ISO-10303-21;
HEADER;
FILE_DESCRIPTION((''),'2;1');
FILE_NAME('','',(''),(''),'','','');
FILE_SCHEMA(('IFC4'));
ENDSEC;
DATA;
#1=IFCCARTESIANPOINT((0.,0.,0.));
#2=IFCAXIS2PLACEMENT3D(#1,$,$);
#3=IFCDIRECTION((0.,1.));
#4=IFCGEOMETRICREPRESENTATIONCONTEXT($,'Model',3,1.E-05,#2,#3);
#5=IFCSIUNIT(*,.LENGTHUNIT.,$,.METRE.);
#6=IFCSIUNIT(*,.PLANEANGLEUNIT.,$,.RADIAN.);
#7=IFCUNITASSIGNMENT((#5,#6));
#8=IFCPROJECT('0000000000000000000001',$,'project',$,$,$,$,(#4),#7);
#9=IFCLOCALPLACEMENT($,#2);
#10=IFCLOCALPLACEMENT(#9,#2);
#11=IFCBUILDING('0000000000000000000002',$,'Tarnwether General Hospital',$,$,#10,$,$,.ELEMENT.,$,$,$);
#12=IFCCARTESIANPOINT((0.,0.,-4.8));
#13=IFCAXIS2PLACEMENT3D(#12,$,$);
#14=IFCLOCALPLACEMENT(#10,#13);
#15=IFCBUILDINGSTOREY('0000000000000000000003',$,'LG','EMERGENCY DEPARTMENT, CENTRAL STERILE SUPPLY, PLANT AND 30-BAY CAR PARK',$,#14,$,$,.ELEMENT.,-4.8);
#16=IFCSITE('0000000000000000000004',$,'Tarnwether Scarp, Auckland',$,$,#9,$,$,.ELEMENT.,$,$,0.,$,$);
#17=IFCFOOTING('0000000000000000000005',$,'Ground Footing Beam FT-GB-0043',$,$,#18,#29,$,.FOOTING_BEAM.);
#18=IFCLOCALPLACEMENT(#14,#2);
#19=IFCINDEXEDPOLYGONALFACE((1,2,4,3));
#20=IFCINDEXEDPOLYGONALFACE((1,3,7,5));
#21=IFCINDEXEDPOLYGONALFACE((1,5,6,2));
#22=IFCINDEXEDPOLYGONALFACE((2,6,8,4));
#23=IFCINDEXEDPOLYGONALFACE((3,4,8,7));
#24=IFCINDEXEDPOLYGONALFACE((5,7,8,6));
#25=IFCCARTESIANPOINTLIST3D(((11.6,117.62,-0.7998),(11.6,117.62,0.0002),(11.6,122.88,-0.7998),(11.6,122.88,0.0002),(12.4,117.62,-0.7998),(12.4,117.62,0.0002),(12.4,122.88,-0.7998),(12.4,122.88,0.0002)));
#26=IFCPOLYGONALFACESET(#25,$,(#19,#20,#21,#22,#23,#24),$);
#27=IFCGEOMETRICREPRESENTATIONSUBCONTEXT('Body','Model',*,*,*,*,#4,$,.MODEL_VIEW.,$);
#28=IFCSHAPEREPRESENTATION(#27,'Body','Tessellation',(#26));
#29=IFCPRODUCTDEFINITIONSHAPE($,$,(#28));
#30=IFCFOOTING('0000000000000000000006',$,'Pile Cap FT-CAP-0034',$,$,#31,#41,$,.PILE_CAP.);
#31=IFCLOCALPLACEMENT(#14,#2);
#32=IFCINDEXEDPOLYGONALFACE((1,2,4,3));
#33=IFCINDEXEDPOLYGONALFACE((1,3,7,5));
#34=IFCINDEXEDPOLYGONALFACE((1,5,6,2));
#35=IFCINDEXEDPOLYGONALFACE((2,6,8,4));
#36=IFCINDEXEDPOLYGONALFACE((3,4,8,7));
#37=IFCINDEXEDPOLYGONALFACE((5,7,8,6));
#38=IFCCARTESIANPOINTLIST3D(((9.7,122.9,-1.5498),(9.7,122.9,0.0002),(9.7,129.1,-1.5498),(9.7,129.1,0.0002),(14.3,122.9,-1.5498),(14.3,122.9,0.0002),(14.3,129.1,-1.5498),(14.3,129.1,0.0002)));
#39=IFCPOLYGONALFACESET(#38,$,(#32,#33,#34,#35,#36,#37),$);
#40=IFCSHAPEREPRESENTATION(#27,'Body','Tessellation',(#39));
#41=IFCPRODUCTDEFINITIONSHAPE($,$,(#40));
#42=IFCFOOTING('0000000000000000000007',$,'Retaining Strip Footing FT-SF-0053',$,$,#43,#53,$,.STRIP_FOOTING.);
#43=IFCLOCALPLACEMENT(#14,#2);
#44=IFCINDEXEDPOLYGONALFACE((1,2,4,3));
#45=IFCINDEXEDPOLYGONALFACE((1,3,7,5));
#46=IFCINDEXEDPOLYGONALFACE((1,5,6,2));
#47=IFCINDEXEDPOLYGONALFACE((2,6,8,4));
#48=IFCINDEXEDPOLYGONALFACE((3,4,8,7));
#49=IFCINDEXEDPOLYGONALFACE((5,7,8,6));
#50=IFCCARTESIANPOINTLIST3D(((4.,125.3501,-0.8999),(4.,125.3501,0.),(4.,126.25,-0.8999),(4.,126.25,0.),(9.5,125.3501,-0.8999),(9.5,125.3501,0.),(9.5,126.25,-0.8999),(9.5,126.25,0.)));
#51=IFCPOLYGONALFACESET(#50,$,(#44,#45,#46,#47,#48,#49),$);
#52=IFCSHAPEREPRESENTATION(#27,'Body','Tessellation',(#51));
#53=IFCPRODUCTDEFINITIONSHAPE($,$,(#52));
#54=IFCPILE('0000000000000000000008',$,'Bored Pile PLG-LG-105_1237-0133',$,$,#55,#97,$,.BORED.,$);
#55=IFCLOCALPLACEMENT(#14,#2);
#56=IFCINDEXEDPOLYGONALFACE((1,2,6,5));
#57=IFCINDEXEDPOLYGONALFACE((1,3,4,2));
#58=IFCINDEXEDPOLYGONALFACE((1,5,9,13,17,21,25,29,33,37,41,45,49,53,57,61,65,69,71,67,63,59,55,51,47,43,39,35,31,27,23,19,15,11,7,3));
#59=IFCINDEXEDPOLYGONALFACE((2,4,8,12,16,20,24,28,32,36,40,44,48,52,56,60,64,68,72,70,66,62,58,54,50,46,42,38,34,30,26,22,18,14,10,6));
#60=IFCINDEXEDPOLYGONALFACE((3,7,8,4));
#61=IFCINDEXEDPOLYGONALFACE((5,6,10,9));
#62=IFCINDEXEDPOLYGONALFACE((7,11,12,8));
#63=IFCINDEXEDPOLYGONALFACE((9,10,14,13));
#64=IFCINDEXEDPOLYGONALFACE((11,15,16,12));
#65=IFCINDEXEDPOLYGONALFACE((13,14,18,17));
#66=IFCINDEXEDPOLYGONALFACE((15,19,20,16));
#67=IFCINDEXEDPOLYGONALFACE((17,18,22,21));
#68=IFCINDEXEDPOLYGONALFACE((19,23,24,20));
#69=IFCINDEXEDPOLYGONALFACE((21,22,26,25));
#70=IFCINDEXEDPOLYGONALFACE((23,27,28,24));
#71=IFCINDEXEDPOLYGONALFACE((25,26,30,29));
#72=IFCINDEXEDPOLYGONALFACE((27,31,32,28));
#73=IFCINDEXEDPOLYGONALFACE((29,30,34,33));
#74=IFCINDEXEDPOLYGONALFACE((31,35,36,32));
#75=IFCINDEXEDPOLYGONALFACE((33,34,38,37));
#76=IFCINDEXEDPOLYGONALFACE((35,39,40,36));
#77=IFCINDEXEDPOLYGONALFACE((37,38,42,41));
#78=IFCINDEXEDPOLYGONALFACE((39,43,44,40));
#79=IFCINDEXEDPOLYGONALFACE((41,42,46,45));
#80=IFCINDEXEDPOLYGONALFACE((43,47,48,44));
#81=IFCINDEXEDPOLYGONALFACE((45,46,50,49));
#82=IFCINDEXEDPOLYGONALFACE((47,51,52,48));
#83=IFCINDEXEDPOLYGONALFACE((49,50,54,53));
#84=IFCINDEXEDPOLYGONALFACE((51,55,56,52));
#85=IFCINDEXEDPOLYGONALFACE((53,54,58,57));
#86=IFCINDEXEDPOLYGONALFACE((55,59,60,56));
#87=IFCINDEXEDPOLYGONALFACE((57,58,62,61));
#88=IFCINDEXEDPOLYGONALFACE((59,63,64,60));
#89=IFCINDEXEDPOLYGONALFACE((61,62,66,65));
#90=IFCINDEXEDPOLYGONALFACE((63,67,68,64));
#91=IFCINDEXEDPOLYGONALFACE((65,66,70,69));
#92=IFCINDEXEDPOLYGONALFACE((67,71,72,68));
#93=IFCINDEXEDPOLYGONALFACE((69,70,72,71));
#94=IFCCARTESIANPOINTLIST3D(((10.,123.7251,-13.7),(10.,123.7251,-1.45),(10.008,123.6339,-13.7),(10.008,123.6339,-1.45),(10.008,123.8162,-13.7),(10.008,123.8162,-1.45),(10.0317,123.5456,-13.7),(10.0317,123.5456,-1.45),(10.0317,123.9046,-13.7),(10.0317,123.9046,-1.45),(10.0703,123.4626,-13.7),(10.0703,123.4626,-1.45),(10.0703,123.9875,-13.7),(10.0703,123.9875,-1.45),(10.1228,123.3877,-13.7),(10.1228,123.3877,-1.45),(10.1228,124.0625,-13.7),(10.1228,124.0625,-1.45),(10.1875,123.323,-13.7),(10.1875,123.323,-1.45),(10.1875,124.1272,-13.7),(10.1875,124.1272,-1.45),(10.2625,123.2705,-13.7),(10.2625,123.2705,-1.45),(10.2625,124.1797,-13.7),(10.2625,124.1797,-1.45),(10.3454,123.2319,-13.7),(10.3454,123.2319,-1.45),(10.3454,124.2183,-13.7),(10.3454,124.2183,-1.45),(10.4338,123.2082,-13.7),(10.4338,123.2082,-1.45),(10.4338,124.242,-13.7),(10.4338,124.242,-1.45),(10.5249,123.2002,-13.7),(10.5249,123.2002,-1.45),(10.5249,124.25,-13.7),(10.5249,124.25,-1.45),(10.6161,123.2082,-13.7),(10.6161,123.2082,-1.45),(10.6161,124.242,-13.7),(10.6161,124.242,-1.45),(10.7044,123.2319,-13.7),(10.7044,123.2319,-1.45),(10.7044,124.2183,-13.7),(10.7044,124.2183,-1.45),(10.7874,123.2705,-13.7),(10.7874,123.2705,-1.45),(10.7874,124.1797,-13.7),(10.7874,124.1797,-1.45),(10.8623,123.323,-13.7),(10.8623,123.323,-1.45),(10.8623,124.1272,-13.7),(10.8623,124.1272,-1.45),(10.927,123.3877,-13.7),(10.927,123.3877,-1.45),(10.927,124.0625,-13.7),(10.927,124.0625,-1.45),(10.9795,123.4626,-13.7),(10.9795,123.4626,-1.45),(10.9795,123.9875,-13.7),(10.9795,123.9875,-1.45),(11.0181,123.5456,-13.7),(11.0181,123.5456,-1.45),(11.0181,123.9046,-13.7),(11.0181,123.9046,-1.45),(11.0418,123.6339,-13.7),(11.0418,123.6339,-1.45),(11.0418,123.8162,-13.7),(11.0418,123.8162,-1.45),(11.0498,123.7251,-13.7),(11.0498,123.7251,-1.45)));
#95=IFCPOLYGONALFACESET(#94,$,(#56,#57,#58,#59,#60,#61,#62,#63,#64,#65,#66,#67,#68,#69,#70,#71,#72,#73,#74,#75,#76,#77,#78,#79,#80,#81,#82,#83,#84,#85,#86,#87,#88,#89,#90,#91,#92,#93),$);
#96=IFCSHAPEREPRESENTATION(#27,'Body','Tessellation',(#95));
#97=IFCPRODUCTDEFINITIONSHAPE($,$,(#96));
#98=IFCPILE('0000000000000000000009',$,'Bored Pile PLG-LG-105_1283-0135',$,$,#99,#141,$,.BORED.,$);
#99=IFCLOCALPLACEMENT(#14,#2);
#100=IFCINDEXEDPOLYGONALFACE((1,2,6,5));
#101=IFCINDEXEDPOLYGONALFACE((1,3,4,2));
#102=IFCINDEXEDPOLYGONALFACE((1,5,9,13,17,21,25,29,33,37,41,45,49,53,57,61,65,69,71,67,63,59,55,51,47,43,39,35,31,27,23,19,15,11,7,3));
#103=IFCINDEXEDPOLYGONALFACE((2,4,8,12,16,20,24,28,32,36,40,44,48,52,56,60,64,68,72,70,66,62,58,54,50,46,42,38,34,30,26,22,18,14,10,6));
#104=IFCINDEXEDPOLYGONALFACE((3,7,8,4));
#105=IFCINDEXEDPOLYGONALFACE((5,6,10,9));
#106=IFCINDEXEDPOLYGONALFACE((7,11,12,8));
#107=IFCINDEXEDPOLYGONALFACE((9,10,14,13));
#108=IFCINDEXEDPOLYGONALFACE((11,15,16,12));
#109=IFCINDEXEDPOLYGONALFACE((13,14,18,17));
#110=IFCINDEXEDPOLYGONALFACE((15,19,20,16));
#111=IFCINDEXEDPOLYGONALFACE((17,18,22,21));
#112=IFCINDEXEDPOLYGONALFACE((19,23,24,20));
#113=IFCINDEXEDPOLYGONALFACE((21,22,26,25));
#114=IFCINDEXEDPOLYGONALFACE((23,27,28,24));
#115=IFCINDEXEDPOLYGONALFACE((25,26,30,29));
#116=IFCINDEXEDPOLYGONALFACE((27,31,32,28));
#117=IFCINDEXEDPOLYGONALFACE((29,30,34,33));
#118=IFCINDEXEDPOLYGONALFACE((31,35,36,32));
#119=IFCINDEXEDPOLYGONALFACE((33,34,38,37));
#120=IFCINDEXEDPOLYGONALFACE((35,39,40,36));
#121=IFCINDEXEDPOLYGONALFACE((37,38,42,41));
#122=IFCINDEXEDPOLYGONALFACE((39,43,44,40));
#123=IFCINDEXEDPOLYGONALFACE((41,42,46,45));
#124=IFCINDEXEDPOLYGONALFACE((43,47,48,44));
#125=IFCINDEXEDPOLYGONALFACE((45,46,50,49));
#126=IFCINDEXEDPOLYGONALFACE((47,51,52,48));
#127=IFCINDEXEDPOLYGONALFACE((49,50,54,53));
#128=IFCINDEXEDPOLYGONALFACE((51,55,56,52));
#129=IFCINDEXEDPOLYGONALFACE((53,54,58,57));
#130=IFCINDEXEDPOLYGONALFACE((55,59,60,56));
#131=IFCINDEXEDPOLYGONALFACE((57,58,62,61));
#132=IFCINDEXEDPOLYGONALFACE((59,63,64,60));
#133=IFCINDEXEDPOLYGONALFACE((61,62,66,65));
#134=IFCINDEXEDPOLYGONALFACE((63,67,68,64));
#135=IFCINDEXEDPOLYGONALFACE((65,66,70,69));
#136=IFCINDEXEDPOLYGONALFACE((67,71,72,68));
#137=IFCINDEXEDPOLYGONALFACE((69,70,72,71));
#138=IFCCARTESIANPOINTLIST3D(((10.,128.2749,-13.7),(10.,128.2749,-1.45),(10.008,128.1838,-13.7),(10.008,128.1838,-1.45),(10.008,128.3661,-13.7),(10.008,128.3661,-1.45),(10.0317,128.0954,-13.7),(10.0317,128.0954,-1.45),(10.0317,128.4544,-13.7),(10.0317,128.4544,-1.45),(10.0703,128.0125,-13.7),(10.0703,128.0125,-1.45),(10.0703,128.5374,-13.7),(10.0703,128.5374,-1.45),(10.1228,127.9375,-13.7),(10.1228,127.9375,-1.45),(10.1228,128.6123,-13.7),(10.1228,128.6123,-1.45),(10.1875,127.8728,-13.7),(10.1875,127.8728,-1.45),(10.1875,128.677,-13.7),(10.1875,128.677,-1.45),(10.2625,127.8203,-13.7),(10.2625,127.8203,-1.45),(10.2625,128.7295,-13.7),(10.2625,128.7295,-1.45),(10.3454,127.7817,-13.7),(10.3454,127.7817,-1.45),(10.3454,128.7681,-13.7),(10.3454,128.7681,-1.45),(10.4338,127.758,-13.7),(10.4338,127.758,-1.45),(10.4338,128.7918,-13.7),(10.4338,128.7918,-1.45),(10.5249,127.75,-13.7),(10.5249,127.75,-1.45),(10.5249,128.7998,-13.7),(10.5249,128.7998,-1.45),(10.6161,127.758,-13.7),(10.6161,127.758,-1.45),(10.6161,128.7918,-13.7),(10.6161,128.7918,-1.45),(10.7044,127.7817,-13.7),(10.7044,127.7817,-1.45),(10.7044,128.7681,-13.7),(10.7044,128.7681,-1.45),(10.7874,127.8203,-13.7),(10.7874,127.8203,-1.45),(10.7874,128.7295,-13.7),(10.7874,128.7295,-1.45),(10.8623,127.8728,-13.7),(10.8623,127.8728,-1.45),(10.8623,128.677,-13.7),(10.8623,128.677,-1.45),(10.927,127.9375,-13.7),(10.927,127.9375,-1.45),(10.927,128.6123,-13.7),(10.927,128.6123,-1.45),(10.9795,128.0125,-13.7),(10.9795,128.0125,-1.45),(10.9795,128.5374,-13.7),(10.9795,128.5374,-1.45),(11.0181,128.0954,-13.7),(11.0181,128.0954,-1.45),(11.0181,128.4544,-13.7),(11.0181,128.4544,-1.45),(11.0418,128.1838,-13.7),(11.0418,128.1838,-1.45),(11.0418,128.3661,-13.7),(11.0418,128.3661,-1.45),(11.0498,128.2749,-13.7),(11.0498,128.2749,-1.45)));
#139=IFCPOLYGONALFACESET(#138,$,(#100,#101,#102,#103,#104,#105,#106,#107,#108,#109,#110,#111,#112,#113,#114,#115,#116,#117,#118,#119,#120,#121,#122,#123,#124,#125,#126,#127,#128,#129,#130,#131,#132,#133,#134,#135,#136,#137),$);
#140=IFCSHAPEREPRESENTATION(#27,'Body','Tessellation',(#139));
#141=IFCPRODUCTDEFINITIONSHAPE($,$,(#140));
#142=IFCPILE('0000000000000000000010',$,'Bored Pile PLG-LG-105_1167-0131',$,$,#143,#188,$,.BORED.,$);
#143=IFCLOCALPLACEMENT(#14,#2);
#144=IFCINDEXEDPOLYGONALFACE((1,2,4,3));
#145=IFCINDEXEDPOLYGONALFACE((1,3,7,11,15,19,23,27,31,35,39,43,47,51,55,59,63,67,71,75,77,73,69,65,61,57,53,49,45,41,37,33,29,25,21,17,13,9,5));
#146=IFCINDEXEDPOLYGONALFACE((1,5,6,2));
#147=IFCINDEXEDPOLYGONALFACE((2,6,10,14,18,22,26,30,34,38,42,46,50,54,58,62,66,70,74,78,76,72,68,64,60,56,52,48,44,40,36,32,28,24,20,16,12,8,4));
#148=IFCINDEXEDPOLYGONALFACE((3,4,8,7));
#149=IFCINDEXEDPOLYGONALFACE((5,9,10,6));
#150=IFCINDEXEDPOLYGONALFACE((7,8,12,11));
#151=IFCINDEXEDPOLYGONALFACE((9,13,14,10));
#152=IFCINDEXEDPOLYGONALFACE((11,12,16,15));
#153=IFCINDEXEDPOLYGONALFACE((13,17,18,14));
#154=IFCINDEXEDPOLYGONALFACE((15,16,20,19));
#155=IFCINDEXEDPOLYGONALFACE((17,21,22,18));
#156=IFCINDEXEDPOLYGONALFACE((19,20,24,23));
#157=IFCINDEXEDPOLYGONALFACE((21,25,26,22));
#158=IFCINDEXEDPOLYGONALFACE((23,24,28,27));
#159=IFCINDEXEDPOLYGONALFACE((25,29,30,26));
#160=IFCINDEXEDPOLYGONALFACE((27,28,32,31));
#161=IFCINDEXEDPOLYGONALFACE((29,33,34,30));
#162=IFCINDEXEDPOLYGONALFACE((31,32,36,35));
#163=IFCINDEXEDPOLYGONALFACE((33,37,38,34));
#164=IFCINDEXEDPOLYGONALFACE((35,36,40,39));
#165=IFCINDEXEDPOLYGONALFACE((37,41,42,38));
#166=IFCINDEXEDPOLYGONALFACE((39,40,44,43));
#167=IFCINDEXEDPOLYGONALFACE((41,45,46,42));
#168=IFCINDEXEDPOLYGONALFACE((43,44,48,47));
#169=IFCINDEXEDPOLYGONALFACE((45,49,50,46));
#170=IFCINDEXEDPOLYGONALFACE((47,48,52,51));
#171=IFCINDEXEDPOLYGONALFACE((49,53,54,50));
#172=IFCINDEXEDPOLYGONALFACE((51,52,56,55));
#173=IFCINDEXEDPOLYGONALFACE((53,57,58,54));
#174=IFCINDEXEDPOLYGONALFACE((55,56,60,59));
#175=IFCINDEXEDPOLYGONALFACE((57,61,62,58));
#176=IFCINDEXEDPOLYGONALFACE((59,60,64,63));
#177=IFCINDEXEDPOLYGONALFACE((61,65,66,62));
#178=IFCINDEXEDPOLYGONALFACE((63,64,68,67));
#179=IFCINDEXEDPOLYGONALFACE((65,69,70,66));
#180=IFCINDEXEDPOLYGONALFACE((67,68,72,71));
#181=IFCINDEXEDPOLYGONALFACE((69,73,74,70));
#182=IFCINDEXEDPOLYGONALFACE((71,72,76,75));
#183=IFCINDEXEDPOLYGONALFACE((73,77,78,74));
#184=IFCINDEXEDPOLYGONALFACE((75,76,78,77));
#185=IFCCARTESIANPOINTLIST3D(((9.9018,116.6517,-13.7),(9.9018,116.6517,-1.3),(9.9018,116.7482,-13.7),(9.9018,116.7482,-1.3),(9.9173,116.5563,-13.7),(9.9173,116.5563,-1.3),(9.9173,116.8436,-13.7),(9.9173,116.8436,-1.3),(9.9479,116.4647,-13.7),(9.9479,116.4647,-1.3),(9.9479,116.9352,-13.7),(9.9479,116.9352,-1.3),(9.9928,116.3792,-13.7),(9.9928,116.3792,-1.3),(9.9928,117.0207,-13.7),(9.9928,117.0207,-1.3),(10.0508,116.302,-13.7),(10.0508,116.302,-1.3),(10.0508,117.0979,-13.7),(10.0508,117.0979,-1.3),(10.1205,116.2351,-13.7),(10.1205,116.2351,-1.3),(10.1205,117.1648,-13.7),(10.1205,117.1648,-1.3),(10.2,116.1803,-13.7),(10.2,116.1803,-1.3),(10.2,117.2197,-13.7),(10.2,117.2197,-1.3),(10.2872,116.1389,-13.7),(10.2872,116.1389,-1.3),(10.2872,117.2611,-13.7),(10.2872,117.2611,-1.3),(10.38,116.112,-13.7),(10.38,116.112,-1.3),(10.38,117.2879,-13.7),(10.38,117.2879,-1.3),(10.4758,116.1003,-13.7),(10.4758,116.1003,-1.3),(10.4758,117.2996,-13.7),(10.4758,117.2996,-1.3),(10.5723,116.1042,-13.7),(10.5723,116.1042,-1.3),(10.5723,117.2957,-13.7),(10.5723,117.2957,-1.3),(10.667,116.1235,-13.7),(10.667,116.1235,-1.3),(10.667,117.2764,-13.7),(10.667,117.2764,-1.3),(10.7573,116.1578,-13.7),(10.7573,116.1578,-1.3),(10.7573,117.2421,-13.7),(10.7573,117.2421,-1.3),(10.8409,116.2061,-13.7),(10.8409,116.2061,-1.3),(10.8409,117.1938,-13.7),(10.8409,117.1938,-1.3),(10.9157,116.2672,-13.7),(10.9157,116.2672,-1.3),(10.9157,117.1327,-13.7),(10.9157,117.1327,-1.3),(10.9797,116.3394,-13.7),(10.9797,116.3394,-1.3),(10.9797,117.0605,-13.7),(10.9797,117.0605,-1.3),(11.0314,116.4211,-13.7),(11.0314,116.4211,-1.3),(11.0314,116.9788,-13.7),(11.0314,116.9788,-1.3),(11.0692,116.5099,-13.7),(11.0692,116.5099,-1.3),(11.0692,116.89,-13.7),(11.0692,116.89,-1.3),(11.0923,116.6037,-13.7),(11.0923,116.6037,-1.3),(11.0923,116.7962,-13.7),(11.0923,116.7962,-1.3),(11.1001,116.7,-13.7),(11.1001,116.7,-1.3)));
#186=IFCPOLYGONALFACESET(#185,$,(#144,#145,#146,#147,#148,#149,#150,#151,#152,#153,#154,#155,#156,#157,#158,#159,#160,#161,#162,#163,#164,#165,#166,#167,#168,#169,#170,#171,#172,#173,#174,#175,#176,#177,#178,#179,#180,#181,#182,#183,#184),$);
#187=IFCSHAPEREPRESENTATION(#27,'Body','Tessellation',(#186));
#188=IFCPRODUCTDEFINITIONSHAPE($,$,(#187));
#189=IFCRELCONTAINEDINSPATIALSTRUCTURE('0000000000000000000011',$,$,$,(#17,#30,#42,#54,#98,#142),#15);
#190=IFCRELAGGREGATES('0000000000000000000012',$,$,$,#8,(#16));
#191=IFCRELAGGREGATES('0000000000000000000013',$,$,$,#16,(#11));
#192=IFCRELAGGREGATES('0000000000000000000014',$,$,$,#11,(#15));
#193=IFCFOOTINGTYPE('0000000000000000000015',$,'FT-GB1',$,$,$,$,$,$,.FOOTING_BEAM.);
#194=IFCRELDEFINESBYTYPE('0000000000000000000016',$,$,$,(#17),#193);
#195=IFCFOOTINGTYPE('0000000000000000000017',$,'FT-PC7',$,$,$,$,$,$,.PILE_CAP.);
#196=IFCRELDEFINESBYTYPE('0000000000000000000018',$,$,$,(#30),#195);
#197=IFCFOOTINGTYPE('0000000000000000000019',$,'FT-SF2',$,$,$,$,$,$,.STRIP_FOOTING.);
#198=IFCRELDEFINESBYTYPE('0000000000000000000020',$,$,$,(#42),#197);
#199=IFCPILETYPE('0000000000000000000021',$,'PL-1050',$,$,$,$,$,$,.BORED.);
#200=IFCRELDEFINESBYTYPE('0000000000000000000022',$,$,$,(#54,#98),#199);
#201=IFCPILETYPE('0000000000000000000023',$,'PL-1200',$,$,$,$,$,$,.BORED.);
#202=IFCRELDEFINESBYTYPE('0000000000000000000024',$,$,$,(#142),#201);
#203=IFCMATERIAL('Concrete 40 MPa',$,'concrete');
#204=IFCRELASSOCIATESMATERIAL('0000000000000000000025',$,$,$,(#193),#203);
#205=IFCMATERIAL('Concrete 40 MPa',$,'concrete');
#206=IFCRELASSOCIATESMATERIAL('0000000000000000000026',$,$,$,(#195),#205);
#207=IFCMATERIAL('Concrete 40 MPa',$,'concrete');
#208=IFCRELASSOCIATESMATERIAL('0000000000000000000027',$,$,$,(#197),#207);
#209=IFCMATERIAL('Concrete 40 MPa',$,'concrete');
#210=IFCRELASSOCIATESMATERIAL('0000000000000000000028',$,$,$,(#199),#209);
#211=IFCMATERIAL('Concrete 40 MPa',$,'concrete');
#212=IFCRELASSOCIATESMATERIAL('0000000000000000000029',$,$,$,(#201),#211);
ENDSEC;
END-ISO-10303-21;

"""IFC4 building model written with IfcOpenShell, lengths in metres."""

from ifc_helpers import new_model, si_unit, direction, frame, origin, origin_2d, place, context, subcontext, project, spatial, rectangle, circle, extrude, material, material_profile, profile_set, type_object, element, save


model = new_model("IFC4")

# Units and contexts
model_context = context("Model", 3, precision=1e-05, world=origin(), true_north=direction((0.0, 1.0)))
body_context = subcontext(model_context, "Body", "Model", "MODEL_VIEW")
ifc_project = project(units=[si_unit("LENGTHUNIT", "METRE"), si_unit("PLANEANGLEUNIT", "RADIAN")], contexts=[model_context])

# Site, building, storey
site_placement = place(None, origin())
site = spatial("IfcSite", under=ifc_project, at=site_placement, Name="Tarnwether Scarp, Auckland", CompositionType="ELEMENT", RefElevation=0.0)
building_placement = place(site_placement, origin())
building = spatial("IfcBuilding", under=site, at=building_placement, Name="Tarnwether General Hospital", CompositionType="ELEMENT")
storey_placement = place(building_placement, frame((0.0, 0.0, -4.8)))
storey = spatial("IfcBuildingStorey", under=building, at=storey_placement, Name="LG", Description="EMERGENCY DEPARTMENT, CENTRAL STERILE SUPPLY, PLANT AND 30-BAY CAR PARK", CompositionType="ELEMENT", Elevation=-4.8)

# Footings
ifc_material_1 = material(Name="Concrete 40 MPa", Category="concrete")
footing_type_1 = type_object("IfcFootingType", Name="FT-GB1", PredefinedType="FOOTING_BEAM", material=ifc_material_1)
footing_1_placement = place(storey_placement, frame((12.0, 120.25, -0.7998), z_axis=(0.0, 0.0, 1.0), x_axis=(0.0, 1.0, 0.0)))
element("IfcFooting", 1, at=footing_1_placement, inside=storey, type_object=footing_type_1, Name="Ground Footing Beam FT-GB-0043", PredefinedType="FOOTING_BEAM", context=body_context, shape_type="SweptSolid", body=[
    extrude(rectangle(XDim=5.26, YDim=0.8, at=origin_2d()), origin(), (0.0, 0.0, 1.0), 0.8),
])
ifc_material_2 = material(Name="Concrete 40 MPa", Category="concrete")
footing_type_2 = type_object("IfcFootingType", Name="FT-PC7", PredefinedType="PILE_CAP", material=ifc_material_2)
footing_2_placement = place(storey_placement, frame((12.0, 126.0, -1.5498), z_axis=(0.0, 0.0, 1.0), x_axis=(0.0, 1.0, 0.0)))
element("IfcFooting", 2, at=footing_2_placement, inside=storey, type_object=footing_type_2, Name="Pile Cap FT-CAP-0034", PredefinedType="PILE_CAP", context=body_context, shape_type="SweptSolid", body=[
    extrude(rectangle(XDim=6.2, YDim=4.6001, at=origin_2d()), origin(), (0.0, 0.0, 1.0), 1.55),
])
ifc_material_3 = material(Name="Concrete 40 MPa", Category="concrete")
footing_type_3 = type_object("IfcFootingType", Name="FT-SF2", PredefinedType="STRIP_FOOTING", material=ifc_material_3)
footing_3_placement = place(storey_placement, frame((6.75, 125.8, -0.8999), z_axis=(0.0, 0.0, 1.0), x_axis=(1.0, 0.0, 0.0)))
element("IfcFooting", 3, at=footing_3_placement, inside=storey, type_object=footing_type_3, Name="Retaining Strip Footing FT-SF-0053", PredefinedType="STRIP_FOOTING", context=body_context, shape_type="SweptSolid", body=[
    extrude(rectangle(XDim=5.5, YDim=0.8999, at=origin_2d()), origin(), (0.0, 0.0, 1.0), 0.8999),
])

# Piles
ifc_material_4 = material(Name="Concrete 40 MPa", Category="concrete")
ifc_material_profile_1 = material_profile(ifc_material_4, circle(Radius=0.5249, at=origin_2d()), Name="PILE-D1050")
ifc_profile_set_1 = profile_set([ifc_material_profile_1], Name="Concrete 40 MPa")
pile_type_1 = type_object("IfcPileType", Name="PL-1050", PredefinedType="BORED", material=ifc_profile_set_1)
for number, where, z_axis, x_axis, name in (
    (4, (10.5249, 123.7251, -1.45), (0.0, 0.0, -1.0), (1.0, 0.0, 0.0), "Bored Pile PLG-LG-105_1237-0133"),
    (5, (10.5249, 128.2749, -1.45), (0.0, 0.0, -1.0), (1.0, 0.0, 0.0), "Bored Pile PLG-LG-105_1283-0135"),
):
    element("IfcPile", number, at=place(storey_placement, frame(where, z_axis=z_axis, x_axis=x_axis)), inside=storey, type_object=pile_type_1, Name=name, PredefinedType="BORED", context=body_context, shape_type="SweptSolid", body=[
        extrude(circle(Radius=0.5249, at=origin_2d()), origin(), (0.0, 0.0, 1.0), 12.25),
    ])
ifc_material_5 = material(Name="Concrete 40 MPa", Category="concrete")
ifc_material_profile_2 = material_profile(ifc_material_5, circle(Radius=0.6001, at=origin_2d()), Name="PILE-D1200")
ifc_profile_set_2 = profile_set([ifc_material_profile_2], Name="Concrete 40 MPa")
pile_type_2 = type_object("IfcPileType", Name="PL-1200", PredefinedType="BORED", material=ifc_profile_set_2)
pile_1_placement = place(storey_placement, frame((10.5, 116.7, -1.3), z_axis=(0.0, 0.0, -1.0), x_axis=(1.0, 0.0, 0.0)))
element("IfcPile", 6, at=pile_1_placement, inside=storey, type_object=pile_type_2, Name="Bored Pile PLG-LG-105_1167-0131", PredefinedType="BORED", context=body_context, shape_type="SweptSolid", body=[
    extrude(circle(Radius=0.6001, at=origin_2d()), origin(), (0.0, 0.0, 1.0), 12.3999),
])

save(model, "model.ifc")
